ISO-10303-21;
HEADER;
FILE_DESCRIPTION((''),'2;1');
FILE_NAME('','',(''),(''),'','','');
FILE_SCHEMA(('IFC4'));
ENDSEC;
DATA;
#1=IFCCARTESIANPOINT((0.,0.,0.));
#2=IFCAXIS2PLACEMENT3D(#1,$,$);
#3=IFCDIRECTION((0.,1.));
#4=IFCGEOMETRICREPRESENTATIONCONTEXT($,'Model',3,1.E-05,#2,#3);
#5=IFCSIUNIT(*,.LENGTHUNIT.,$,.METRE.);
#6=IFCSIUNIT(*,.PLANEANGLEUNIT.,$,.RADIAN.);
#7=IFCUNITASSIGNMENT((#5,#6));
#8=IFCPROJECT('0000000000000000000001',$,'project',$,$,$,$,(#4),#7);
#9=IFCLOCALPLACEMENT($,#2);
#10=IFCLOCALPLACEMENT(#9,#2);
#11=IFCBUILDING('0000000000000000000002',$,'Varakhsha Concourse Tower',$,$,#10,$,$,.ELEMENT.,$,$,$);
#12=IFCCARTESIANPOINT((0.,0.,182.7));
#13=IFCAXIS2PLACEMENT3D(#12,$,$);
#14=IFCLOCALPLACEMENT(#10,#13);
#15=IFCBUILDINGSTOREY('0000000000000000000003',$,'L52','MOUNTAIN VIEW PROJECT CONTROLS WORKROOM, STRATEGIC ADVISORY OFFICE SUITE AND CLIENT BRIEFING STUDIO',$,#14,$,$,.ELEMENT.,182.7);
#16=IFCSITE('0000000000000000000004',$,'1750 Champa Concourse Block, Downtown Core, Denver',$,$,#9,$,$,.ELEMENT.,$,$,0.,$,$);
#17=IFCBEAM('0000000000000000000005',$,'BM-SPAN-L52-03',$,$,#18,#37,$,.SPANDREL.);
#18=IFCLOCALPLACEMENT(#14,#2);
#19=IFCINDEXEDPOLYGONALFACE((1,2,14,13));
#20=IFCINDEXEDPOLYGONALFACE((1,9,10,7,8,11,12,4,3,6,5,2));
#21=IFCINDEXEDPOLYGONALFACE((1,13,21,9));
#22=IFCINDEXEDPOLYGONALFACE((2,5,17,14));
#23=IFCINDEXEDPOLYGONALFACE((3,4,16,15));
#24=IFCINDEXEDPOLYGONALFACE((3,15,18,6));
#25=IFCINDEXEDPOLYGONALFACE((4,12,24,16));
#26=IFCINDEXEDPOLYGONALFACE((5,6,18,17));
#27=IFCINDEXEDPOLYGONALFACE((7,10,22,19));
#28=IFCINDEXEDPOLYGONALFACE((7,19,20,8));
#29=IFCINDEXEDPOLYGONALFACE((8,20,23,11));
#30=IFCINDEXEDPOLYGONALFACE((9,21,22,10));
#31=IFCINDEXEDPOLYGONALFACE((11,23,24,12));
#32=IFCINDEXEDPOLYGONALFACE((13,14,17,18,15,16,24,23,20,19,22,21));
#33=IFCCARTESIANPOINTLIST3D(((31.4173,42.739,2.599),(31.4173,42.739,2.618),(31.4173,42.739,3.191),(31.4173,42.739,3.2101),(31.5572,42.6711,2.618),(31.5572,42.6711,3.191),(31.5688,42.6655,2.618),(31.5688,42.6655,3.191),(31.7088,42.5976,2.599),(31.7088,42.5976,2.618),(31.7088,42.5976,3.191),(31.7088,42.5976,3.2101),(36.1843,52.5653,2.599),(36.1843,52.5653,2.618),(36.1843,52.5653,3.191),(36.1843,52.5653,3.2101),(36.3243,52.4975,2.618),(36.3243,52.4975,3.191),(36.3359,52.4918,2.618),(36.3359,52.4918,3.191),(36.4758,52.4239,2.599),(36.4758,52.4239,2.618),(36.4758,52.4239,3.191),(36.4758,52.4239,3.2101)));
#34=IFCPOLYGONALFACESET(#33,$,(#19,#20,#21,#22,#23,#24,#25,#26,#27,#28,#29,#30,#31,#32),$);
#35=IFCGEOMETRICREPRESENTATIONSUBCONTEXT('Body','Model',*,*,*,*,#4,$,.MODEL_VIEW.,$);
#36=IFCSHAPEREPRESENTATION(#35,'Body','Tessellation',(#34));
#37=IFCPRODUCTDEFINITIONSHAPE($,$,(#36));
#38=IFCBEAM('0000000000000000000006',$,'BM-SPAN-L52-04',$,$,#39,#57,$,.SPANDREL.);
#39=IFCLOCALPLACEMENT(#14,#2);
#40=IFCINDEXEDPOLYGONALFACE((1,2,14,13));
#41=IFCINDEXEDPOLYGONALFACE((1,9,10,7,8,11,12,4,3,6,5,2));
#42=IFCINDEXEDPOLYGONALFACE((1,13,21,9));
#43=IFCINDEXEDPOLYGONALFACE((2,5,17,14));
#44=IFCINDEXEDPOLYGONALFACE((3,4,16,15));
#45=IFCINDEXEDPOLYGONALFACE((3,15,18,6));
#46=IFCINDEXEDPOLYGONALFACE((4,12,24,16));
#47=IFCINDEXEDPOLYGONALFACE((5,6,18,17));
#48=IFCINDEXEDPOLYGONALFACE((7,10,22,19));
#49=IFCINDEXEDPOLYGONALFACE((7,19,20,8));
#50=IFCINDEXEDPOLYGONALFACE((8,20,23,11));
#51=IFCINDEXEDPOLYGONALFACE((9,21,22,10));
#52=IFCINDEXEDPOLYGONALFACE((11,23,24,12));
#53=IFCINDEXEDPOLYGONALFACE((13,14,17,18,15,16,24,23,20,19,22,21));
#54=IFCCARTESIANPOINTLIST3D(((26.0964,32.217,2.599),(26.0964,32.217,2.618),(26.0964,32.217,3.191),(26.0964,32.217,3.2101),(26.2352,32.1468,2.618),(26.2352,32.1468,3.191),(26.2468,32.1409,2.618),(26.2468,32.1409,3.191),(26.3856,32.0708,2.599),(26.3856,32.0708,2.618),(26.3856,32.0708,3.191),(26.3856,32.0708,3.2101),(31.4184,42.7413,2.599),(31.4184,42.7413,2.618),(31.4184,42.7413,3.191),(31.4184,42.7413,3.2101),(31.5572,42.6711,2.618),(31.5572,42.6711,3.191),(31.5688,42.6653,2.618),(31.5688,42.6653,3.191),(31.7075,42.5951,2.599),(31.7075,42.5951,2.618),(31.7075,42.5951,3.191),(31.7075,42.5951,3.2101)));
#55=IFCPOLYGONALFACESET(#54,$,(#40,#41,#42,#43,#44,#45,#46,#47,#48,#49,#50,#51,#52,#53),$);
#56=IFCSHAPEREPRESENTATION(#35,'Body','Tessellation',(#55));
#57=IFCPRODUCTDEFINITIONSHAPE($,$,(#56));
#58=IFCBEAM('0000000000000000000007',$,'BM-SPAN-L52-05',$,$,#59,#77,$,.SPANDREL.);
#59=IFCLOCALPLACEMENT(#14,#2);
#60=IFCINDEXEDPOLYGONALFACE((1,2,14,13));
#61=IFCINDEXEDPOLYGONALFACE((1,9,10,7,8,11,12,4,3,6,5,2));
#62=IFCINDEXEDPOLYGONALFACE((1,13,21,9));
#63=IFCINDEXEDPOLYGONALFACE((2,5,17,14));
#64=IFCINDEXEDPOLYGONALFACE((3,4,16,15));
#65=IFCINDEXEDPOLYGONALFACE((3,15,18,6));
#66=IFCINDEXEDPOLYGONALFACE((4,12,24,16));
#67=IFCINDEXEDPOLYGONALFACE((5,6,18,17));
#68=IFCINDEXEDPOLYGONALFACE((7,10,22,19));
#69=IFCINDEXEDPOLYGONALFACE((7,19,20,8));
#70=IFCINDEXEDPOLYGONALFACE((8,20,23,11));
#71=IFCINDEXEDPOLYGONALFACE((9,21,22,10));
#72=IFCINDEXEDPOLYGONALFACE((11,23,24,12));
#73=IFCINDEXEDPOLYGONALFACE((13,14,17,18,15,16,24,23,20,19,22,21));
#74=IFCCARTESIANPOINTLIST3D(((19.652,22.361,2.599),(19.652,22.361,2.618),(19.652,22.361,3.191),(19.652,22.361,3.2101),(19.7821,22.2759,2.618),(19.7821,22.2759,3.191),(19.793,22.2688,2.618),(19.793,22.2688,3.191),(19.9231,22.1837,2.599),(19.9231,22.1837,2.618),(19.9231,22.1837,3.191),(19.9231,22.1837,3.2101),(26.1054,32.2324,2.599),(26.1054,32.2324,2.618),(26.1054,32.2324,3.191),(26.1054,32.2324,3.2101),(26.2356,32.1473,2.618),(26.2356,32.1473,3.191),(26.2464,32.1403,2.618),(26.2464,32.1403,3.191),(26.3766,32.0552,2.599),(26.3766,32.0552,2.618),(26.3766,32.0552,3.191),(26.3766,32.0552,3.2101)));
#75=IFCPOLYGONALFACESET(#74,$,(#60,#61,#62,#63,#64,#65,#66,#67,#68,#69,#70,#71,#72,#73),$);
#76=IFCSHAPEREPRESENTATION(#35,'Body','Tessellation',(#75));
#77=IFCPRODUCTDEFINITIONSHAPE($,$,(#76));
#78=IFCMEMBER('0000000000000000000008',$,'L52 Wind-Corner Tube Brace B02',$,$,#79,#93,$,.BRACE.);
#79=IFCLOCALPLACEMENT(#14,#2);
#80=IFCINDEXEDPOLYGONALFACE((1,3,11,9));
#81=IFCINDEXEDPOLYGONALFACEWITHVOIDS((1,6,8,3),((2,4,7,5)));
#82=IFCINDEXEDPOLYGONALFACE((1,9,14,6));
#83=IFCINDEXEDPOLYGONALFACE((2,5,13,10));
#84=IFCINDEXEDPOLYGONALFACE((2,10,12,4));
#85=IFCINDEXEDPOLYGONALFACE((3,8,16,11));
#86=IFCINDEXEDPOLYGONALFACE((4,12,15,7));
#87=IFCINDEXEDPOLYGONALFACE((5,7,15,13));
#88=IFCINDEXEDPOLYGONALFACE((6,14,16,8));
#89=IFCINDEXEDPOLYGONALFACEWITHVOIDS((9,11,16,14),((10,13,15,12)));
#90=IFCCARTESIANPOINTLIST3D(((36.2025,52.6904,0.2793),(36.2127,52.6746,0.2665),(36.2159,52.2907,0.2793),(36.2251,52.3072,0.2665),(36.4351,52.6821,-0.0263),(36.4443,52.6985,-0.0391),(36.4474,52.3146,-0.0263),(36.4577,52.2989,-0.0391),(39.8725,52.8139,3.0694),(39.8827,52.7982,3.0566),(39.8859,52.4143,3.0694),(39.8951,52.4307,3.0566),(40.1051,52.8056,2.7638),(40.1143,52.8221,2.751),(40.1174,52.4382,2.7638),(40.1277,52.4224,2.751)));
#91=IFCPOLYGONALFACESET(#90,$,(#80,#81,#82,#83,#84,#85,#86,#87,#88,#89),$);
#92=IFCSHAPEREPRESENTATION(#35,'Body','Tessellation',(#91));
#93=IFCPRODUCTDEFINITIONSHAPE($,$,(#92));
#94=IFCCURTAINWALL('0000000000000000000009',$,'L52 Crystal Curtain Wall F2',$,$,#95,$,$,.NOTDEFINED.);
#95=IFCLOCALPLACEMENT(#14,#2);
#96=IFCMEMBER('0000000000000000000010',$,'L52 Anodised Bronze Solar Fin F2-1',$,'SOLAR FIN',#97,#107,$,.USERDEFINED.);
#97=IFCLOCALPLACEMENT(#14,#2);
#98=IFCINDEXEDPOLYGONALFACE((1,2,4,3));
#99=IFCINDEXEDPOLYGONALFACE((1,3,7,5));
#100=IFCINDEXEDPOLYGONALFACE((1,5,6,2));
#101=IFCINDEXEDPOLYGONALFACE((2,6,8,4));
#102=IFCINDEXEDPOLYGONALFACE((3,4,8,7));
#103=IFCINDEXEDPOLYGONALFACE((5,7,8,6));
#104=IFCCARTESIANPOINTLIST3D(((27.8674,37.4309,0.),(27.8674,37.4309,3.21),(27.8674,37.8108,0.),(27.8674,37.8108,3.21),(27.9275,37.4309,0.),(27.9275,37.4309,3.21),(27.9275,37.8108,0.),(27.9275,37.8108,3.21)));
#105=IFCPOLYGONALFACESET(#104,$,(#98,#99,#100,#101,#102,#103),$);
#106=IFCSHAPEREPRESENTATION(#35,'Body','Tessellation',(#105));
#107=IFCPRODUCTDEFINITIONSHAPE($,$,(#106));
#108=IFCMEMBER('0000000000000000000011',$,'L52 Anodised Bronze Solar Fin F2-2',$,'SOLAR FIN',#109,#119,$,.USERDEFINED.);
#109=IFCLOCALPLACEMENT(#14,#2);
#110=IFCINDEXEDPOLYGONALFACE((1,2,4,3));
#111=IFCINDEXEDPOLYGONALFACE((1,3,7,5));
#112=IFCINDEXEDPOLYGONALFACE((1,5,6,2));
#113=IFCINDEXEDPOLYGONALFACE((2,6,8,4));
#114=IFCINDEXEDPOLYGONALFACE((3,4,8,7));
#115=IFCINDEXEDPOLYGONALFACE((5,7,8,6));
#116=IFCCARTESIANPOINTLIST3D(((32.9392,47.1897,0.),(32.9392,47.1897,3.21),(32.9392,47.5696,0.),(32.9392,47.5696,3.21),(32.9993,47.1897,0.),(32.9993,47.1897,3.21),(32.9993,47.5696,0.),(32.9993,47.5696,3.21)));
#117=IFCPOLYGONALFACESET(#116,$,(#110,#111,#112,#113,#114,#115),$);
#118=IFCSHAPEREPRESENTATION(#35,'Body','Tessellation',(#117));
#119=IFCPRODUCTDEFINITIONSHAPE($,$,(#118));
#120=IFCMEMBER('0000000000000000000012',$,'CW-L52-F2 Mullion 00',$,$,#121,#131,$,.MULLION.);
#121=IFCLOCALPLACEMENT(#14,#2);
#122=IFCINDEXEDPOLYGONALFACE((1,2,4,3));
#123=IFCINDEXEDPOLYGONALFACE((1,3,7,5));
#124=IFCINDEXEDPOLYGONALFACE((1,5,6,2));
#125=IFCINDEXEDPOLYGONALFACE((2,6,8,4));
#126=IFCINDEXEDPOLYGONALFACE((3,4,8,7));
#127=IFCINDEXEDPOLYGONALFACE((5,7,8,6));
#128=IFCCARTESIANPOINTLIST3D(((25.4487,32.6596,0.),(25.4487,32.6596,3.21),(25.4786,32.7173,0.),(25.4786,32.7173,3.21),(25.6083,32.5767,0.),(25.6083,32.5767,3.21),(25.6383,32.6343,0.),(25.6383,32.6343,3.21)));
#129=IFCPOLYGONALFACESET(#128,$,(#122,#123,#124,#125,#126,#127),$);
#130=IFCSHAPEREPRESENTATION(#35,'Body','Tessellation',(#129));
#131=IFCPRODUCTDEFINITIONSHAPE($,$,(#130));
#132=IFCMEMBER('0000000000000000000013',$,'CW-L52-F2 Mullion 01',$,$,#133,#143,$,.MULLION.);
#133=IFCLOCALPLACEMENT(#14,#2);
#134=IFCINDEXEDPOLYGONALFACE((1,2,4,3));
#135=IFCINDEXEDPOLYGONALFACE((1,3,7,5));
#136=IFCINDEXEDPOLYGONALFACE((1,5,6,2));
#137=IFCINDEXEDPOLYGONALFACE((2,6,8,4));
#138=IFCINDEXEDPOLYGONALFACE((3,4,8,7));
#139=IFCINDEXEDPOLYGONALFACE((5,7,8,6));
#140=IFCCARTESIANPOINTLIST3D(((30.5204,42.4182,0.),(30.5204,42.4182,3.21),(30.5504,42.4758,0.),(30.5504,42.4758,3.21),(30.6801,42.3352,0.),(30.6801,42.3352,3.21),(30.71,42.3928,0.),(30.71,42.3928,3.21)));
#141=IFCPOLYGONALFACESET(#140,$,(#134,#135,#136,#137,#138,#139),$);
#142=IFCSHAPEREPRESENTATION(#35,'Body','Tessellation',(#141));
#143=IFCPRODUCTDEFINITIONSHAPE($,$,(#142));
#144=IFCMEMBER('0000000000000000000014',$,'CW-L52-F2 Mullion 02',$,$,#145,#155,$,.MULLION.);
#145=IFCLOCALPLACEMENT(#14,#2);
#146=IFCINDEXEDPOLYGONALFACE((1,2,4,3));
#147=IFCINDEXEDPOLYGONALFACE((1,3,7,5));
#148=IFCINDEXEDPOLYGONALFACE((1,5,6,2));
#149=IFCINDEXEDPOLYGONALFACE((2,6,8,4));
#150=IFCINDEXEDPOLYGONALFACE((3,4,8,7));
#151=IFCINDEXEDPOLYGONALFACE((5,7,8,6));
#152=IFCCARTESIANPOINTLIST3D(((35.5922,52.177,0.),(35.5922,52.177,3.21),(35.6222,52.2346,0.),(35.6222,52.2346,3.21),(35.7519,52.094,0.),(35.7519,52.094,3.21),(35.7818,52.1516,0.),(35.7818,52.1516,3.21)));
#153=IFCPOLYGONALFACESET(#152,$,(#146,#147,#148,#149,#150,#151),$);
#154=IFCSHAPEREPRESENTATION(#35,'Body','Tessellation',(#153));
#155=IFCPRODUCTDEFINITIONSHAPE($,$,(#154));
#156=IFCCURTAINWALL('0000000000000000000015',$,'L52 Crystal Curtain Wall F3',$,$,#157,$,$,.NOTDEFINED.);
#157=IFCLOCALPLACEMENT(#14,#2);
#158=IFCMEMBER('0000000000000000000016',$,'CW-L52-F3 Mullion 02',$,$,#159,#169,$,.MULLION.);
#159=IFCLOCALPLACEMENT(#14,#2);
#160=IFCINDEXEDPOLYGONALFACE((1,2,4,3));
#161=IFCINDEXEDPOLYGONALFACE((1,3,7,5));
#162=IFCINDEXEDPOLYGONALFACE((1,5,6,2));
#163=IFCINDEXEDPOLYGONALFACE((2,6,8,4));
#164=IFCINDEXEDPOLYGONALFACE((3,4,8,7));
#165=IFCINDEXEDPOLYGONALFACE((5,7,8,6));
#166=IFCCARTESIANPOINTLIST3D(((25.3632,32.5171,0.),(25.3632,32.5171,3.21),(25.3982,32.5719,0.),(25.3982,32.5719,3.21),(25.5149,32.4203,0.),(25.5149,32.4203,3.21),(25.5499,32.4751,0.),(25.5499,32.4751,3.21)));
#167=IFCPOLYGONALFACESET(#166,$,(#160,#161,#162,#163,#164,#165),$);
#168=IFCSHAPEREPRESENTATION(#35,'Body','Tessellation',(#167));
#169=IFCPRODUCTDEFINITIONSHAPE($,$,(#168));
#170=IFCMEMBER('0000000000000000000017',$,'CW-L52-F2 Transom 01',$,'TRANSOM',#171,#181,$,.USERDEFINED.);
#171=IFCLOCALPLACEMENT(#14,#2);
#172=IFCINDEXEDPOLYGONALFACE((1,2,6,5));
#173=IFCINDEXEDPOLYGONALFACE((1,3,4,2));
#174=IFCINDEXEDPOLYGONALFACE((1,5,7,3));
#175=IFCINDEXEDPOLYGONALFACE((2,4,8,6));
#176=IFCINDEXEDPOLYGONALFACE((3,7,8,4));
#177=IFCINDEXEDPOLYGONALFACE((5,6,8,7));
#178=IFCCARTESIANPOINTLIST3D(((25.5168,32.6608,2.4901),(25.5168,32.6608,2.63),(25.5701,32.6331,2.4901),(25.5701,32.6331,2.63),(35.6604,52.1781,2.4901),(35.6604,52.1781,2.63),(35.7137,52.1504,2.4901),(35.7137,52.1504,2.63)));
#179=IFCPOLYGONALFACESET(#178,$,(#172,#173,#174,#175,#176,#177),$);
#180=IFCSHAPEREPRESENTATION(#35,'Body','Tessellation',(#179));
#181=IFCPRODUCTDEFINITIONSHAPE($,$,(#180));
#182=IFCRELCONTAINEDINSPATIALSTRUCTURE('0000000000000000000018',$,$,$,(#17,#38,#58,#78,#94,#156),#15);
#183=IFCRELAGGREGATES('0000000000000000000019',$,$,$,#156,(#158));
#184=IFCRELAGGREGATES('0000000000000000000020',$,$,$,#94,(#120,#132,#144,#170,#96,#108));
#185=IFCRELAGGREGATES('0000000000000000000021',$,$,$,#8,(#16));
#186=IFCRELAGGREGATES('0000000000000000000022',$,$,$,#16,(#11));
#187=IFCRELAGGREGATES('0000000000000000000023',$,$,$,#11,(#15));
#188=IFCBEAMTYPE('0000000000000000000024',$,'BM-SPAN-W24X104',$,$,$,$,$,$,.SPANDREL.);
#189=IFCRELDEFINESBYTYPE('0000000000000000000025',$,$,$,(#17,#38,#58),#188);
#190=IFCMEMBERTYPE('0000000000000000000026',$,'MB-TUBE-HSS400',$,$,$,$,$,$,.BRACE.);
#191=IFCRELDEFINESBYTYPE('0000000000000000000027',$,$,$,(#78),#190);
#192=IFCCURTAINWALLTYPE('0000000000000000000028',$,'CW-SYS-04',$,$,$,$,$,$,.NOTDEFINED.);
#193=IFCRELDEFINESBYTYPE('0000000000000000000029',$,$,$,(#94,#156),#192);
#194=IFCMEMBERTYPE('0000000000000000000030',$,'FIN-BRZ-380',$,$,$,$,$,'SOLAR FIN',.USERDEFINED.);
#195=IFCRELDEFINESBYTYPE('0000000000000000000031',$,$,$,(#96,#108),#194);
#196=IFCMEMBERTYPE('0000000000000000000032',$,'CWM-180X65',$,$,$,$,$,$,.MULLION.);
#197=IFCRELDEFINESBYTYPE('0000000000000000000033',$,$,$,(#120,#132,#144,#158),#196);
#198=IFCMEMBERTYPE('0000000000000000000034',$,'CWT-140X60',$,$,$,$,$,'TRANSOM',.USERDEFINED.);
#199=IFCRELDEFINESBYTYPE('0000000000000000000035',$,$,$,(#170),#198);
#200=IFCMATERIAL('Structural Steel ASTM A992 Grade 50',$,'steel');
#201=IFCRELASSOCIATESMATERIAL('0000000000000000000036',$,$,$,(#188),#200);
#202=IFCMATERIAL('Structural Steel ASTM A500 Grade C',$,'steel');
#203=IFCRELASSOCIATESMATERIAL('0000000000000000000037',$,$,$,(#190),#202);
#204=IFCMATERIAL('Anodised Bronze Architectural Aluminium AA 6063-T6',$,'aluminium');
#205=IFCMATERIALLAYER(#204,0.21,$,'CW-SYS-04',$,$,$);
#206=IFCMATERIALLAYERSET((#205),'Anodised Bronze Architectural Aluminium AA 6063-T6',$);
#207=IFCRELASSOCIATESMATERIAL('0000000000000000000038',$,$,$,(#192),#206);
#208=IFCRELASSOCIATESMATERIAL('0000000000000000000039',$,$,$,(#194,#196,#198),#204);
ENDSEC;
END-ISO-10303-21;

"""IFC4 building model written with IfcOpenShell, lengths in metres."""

from ifc_helpers import new_model, si_unit, direction, frame, origin, origin_2d, place, context, subcontext, project, spatial, rectangle, hollow_rectangle, i_section, extrude, source, transform, mapped, material, layer, layer_set, material_profile, profile_set, type_object, type_shapes, element, aggregate, save


model = new_model("IFC4")

# Units and contexts
model_context = context("Model", 3, precision=1e-05, world=origin(), true_north=direction((0.0, 1.0)))
body_context = subcontext(model_context, "Body", "Model", "MODEL_VIEW")
ifc_project = project(units=[si_unit("LENGTHUNIT", "METRE"), si_unit("PLANEANGLEUNIT", "RADIAN")], contexts=[model_context])

# Site, building, storey
site_placement = place(None, origin())
site = spatial("IfcSite", under=ifc_project, at=site_placement, Name="1750 Champa Concourse Block, Downtown Core, Denver", CompositionType="ELEMENT", RefElevation=0.0)
building_placement = place(site_placement, origin())
building = spatial("IfcBuilding", under=site, at=building_placement, Name="Varakhsha Concourse Tower", CompositionType="ELEMENT")
storey_placement = place(building_placement, frame((0.0, 0.0, 182.7)))
storey = spatial("IfcBuildingStorey", under=building, at=storey_placement, Name="L52", Description="MOUNTAIN VIEW PROJECT CONTROLS WORKROOM, STRATEGIC ADVISORY OFFICE SUITE AND CLIENT BRIEFING STUDIO", CompositionType="ELEMENT", Elevation=182.7)

# Shared definitions
ifc_material_1 = material(Name="Structural Steel ASTM A992 Grade 50", Category="steel")

# Beams
ifc_material_profile_1 = material_profile(ifc_material_1, i_section(OverallWidth=0.324, OverallDepth=0.6111, WebThickness=0.0129, FlangeThickness=0.019, at=origin_2d()), Name="W24X104")
ifc_profile_set_1 = profile_set([ifc_material_profile_1], Name="Structural Steel ASTM A992 Grade 50")
beam_type_1 = type_object("IfcBeamType", Name="BM-SPAN-W24X104", PredefinedType="SPANDREL", material=ifc_profile_set_1)
beam_1_placement = place(storey_placement, frame((36.3301, 52.4946, 2.9045), z_axis=(-0.436479, -0.899715, 0.0), x_axis=(0.899715, -0.436479, 0.0)))
element("IfcBeam", 1, at=beam_1_placement, inside=storey, type_object=beam_type_1, Name="BM-SPAN-L52-03", PredefinedType="SPANDREL", context=body_context, shape_type="SweptSolid", body=[
    extrude(i_section(OverallWidth=0.324, OverallDepth=0.6111, WebThickness=0.0129, FlangeThickness=0.019, at=origin_2d()), origin(), (0.0, 0.0, 1.0), 10.9216),
])
beam_2_placement = place(storey_placement, frame((31.563, 42.6682, 2.9045), z_axis=(-0.451266, -0.892389, 0.0), x_axis=(0.892389, -0.451266, 0.0)))
element("IfcBeam", 2, at=beam_2_placement, inside=storey, type_object=beam_type_1, Name="BM-SPAN-L52-04", PredefinedType="SPANDREL", context=body_context, shape_type="SweptSolid", body=[
    extrude(i_section(OverallWidth=0.324, OverallDepth=0.6111, WebThickness=0.0129, FlangeThickness=0.019, at=origin_2d()), origin(), (0.0, 0.0, 1.0), 11.7935),
])
beam_3_placement = place(storey_placement, frame((26.241, 32.1438, 2.9045), z_axis=(-0.547192, -0.837007, 0.0), x_axis=(0.837007, -0.547192, 0.0)))
element("IfcBeam", 3, at=beam_3_placement, inside=storey, type_object=beam_type_1, Name="BM-SPAN-L52-05", PredefinedType="SPANDREL", context=body_context, shape_type="SweptSolid", body=[
    extrude(i_section(OverallWidth=0.324, OverallDepth=0.6111, WebThickness=0.0129, FlangeThickness=0.019, at=origin_2d()), origin(), (0.0, 0.0, 1.0), 11.7937),
])

# Member
ifc_material_2 = material(Name="Structural Steel ASTM A500 Grade C", Category="steel")
ifc_material_profile_2 = material_profile(ifc_material_2, hollow_rectangle(XDim=0.3999, YDim=0.3999, WallThickness=0.0161, at=origin_2d()), Name="HSS 400x400x16")
ifc_profile_set_2 = profile_set([ifc_material_profile_2], Name="Structural Steel ASTM A500 Grade C")
member_type_1 = type_object("IfcMemberType", Name="MB-TUBE-HSS400", PredefinedType="BRACE", material=ifc_profile_set_2)
shared_shape_1 = source(origin(), body_context, "Body", "SweptSolid", [
    extrude(hollow_rectangle(XDim=0.3999, YDim=0.3999, WallThickness=0.0161, at=origin_2d()), origin(), (0.0, 0.0, 1.0), 4.6118),
])
type_shapes(member_type_1, [shared_shape_1])
member_1_placement = place(storey_placement, frame((36.3301, 52.4946, 0.1201), z_axis=(0.795783, 0.026787, 0.60499), x_axis=(-0.033642, 0.999434, 0.0)))
element("IfcMember", 4, at=member_1_placement, inside=storey, type_object=member_type_1, Name="L52 Wind-Corner Tube Brace B02", PredefinedType="BRACE", context=body_context, shape_type="MappedRepresentation", body=[
    mapped(shared_shape_1, transform((0.0, 0.0, 0.0), scale=1.0)),
])

# Curtain wall, members
ifc_material_3 = material(Name="Anodised Bronze Architectural Aluminium AA 6063-T6", Category="aluminium")
ifc_layer_1 = layer(ifc_material_3, 0.21, Name="CW-SYS-04")
ifc_layer_set_1 = layer_set([ifc_layer_1], Name="Anodised Bronze Architectural Aluminium AA 6063-T6")
curtain_wall_type = type_object("IfcCurtainWallType", Name="CW-SYS-04", PredefinedType="NOTDEFINED", material=ifc_layer_set_1)
curtain_wall_1_placement = place(storey_placement, origin())
curtain_wall_1 = element("IfcCurtainWall", 5, at=curtain_wall_1_placement, inside=storey, type_object=curtain_wall_type, Name="L52 Crystal Curtain Wall F2", PredefinedType="NOTDEFINED")
ifc_material_profile_3 = material_profile(ifc_material_3, rectangle(XDim=0.0601, YDim=0.3799, at=origin_2d()), Name="FIN-BRZ-380")
ifc_profile_set_3 = profile_set([ifc_material_profile_3], Name="Anodised Bronze Architectural Aluminium AA 6063-T6")
member_type_2 = type_object("IfcMemberType", Name="FIN-BRZ-380", ElementType="SOLAR FIN", PredefinedType="USERDEFINED", material=ifc_profile_set_3)
shared_shape_2 = source(origin(), body_context, "Body", "SweptSolid", [
    extrude(rectangle(XDim=0.0601, YDim=0.3799, at=origin_2d()), origin(), (0.0, 0.0, 1.0), 3.21),
])
type_shapes(member_type_2, [shared_shape_2])
member_2_placement = place(storey_placement, frame((27.8975, 37.6208, 0.0), z_axis=(0.0, 0.0, 1.0), x_axis=(1.0, 0.0, 0.0)))
member_2 = element("IfcMember", 6, at=member_2_placement, type_object=member_type_2, Name="L52 Anodised Bronze Solar Fin F2-1", ObjectType="SOLAR FIN", PredefinedType="USERDEFINED", context=body_context, shape_type="MappedRepresentation", body=[
    mapped(shared_shape_2, transform((0.0, 0.0, 0.0), scale=1.0)),
])
member_3_placement = place(storey_placement, frame((32.9692, 47.3796, 0.0), z_axis=(0.0, 0.0, 1.0), x_axis=(1.0, 0.0, 0.0)))
member_3 = element("IfcMember", 7, at=member_3_placement, type_object=member_type_2, Name="L52 Anodised Bronze Solar Fin F2-2", ObjectType="SOLAR FIN", PredefinedType="USERDEFINED", context=body_context, shape_type="MappedRepresentation", body=[
    mapped(shared_shape_2, transform((0.0, 0.0, 0.0), scale=1.0)),
])
ifc_material_profile_4 = material_profile(ifc_material_3, rectangle(XDim=0.0649, YDim=0.1799, at=origin_2d()), Name="CWM-180X65")
ifc_profile_set_4 = profile_set([ifc_material_profile_4], Name="Anodised Bronze Architectural Aluminium AA 6063-T6")
member_type_3 = type_object("IfcMemberType", Name="CWM-180X65", PredefinedType="MULLION", material=ifc_profile_set_4)
shared_shape_3 = source(origin(), body_context, "Body", "SweptSolid", [
    extrude(rectangle(XDim=0.0649, YDim=0.1799, at=origin_2d()), origin(), (0.0, 0.0, 1.0), 3.21),
])
type_shapes(member_type_3, [shared_shape_3])
member_4_placement = place(storey_placement, frame((25.5435, 32.647, 0.0), z_axis=(0.0, 0.0, 1.0), x_axis=(0.461156, 0.887319, 0.0)))
member_4 = element("IfcMember", 8, at=member_4_placement, type_object=member_type_3, Name="CW-L52-F2 Mullion 00", PredefinedType="MULLION", context=body_context, shape_type="MappedRepresentation", body=[
    mapped(shared_shape_3, transform((0.0, 0.0, 0.0), scale=1.0)),
])
member_5_placement = place(storey_placement, frame((30.6152, 42.4055, 0.0), z_axis=(0.0, 0.0, 1.0), x_axis=(0.461156, 0.887319, 0.0)))
member_5 = element("IfcMember", 9, at=member_5_placement, type_object=member_type_3, Name="CW-L52-F2 Mullion 01", PredefinedType="MULLION", context=body_context, shape_type="MappedRepresentation", body=[
    mapped(shared_shape_3, transform((0.0, 0.0, 0.0), scale=1.0)),
])
member_6_placement = place(storey_placement, frame((35.687, 52.1643, 0.0), z_axis=(0.0, 0.0, 1.0), x_axis=(0.461156, 0.887319, 0.0)))
member_6 = element("IfcMember", 10, at=member_6_placement, type_object=member_type_3, Name="CW-L52-F2 Mullion 02", PredefinedType="MULLION", context=body_context, shape_type="MappedRepresentation", body=[
    mapped(shared_shape_3, transform((0.0, 0.0, 0.0), scale=1.0)),
])

# Curtain wall, member
curtain_wall_2_placement = place(storey_placement, origin())
curtain_wall_2 = element("IfcCurtainWall", 11, at=curtain_wall_2_placement, inside=storey, type_object=curtain_wall_type, Name="L52 Crystal Curtain Wall F3", PredefinedType="NOTDEFINED")
member_7_placement = place(storey_placement, frame((25.4565, 32.4961, 0.0), z_axis=(0.0, 0.0, 1.0), x_axis=(0.537863, 0.843032, 0.0)))
member_7 = element("IfcMember", 12, at=member_7_placement, type_object=member_type_3, Name="CW-L52-F3 Mullion 02", PredefinedType="MULLION", context=body_context, shape_type="MappedRepresentation", body=[
    mapped(shared_shape_3, transform((0.0, 0.0, 0.0), scale=1.0)),
])
aggregate(curtain_wall_2, [member_7])

# Member
ifc_material_profile_5 = material_profile(ifc_material_3, rectangle(XDim=0.0601, YDim=0.1399, at=origin_2d()), Name="CWT-140X60")
ifc_profile_set_5 = profile_set([ifc_material_profile_5], Name="Anodised Bronze Architectural Aluminium AA 6063-T6")
member_type_4 = type_object("IfcMemberType", Name="CWT-140X60", ElementType="TRANSOM", PredefinedType="USERDEFINED", material=ifc_profile_set_5)
shared_shape_4 = source(origin(), body_context, "Body", "SweptSolid", [
    extrude(rectangle(XDim=0.0601, YDim=0.1399, at=origin_2d()), origin(), (0.0, 0.0, 1.0), 21.9958),
])
type_shapes(member_type_4, [shared_shape_4])
member_8_placement = place(storey_placement, frame((25.5435, 32.647, 2.5601), z_axis=(0.461157, 0.887318, 0.0), x_axis=(-0.887318, 0.461157, 0.0)))
member_8 = element("IfcMember", 13, at=member_8_placement, type_object=member_type_4, Name="CW-L52-F2 Transom 01", ObjectType="TRANSOM", PredefinedType="USERDEFINED", context=body_context, shape_type="MappedRepresentation", body=[
    mapped(shared_shape_4, transform((0.0, 0.0, 0.0), scale=1.0)),
])

aggregate(curtain_wall_1, [member_4, member_5, member_6, member_8, member_2, member_3])

save(model, "model.ifc")
